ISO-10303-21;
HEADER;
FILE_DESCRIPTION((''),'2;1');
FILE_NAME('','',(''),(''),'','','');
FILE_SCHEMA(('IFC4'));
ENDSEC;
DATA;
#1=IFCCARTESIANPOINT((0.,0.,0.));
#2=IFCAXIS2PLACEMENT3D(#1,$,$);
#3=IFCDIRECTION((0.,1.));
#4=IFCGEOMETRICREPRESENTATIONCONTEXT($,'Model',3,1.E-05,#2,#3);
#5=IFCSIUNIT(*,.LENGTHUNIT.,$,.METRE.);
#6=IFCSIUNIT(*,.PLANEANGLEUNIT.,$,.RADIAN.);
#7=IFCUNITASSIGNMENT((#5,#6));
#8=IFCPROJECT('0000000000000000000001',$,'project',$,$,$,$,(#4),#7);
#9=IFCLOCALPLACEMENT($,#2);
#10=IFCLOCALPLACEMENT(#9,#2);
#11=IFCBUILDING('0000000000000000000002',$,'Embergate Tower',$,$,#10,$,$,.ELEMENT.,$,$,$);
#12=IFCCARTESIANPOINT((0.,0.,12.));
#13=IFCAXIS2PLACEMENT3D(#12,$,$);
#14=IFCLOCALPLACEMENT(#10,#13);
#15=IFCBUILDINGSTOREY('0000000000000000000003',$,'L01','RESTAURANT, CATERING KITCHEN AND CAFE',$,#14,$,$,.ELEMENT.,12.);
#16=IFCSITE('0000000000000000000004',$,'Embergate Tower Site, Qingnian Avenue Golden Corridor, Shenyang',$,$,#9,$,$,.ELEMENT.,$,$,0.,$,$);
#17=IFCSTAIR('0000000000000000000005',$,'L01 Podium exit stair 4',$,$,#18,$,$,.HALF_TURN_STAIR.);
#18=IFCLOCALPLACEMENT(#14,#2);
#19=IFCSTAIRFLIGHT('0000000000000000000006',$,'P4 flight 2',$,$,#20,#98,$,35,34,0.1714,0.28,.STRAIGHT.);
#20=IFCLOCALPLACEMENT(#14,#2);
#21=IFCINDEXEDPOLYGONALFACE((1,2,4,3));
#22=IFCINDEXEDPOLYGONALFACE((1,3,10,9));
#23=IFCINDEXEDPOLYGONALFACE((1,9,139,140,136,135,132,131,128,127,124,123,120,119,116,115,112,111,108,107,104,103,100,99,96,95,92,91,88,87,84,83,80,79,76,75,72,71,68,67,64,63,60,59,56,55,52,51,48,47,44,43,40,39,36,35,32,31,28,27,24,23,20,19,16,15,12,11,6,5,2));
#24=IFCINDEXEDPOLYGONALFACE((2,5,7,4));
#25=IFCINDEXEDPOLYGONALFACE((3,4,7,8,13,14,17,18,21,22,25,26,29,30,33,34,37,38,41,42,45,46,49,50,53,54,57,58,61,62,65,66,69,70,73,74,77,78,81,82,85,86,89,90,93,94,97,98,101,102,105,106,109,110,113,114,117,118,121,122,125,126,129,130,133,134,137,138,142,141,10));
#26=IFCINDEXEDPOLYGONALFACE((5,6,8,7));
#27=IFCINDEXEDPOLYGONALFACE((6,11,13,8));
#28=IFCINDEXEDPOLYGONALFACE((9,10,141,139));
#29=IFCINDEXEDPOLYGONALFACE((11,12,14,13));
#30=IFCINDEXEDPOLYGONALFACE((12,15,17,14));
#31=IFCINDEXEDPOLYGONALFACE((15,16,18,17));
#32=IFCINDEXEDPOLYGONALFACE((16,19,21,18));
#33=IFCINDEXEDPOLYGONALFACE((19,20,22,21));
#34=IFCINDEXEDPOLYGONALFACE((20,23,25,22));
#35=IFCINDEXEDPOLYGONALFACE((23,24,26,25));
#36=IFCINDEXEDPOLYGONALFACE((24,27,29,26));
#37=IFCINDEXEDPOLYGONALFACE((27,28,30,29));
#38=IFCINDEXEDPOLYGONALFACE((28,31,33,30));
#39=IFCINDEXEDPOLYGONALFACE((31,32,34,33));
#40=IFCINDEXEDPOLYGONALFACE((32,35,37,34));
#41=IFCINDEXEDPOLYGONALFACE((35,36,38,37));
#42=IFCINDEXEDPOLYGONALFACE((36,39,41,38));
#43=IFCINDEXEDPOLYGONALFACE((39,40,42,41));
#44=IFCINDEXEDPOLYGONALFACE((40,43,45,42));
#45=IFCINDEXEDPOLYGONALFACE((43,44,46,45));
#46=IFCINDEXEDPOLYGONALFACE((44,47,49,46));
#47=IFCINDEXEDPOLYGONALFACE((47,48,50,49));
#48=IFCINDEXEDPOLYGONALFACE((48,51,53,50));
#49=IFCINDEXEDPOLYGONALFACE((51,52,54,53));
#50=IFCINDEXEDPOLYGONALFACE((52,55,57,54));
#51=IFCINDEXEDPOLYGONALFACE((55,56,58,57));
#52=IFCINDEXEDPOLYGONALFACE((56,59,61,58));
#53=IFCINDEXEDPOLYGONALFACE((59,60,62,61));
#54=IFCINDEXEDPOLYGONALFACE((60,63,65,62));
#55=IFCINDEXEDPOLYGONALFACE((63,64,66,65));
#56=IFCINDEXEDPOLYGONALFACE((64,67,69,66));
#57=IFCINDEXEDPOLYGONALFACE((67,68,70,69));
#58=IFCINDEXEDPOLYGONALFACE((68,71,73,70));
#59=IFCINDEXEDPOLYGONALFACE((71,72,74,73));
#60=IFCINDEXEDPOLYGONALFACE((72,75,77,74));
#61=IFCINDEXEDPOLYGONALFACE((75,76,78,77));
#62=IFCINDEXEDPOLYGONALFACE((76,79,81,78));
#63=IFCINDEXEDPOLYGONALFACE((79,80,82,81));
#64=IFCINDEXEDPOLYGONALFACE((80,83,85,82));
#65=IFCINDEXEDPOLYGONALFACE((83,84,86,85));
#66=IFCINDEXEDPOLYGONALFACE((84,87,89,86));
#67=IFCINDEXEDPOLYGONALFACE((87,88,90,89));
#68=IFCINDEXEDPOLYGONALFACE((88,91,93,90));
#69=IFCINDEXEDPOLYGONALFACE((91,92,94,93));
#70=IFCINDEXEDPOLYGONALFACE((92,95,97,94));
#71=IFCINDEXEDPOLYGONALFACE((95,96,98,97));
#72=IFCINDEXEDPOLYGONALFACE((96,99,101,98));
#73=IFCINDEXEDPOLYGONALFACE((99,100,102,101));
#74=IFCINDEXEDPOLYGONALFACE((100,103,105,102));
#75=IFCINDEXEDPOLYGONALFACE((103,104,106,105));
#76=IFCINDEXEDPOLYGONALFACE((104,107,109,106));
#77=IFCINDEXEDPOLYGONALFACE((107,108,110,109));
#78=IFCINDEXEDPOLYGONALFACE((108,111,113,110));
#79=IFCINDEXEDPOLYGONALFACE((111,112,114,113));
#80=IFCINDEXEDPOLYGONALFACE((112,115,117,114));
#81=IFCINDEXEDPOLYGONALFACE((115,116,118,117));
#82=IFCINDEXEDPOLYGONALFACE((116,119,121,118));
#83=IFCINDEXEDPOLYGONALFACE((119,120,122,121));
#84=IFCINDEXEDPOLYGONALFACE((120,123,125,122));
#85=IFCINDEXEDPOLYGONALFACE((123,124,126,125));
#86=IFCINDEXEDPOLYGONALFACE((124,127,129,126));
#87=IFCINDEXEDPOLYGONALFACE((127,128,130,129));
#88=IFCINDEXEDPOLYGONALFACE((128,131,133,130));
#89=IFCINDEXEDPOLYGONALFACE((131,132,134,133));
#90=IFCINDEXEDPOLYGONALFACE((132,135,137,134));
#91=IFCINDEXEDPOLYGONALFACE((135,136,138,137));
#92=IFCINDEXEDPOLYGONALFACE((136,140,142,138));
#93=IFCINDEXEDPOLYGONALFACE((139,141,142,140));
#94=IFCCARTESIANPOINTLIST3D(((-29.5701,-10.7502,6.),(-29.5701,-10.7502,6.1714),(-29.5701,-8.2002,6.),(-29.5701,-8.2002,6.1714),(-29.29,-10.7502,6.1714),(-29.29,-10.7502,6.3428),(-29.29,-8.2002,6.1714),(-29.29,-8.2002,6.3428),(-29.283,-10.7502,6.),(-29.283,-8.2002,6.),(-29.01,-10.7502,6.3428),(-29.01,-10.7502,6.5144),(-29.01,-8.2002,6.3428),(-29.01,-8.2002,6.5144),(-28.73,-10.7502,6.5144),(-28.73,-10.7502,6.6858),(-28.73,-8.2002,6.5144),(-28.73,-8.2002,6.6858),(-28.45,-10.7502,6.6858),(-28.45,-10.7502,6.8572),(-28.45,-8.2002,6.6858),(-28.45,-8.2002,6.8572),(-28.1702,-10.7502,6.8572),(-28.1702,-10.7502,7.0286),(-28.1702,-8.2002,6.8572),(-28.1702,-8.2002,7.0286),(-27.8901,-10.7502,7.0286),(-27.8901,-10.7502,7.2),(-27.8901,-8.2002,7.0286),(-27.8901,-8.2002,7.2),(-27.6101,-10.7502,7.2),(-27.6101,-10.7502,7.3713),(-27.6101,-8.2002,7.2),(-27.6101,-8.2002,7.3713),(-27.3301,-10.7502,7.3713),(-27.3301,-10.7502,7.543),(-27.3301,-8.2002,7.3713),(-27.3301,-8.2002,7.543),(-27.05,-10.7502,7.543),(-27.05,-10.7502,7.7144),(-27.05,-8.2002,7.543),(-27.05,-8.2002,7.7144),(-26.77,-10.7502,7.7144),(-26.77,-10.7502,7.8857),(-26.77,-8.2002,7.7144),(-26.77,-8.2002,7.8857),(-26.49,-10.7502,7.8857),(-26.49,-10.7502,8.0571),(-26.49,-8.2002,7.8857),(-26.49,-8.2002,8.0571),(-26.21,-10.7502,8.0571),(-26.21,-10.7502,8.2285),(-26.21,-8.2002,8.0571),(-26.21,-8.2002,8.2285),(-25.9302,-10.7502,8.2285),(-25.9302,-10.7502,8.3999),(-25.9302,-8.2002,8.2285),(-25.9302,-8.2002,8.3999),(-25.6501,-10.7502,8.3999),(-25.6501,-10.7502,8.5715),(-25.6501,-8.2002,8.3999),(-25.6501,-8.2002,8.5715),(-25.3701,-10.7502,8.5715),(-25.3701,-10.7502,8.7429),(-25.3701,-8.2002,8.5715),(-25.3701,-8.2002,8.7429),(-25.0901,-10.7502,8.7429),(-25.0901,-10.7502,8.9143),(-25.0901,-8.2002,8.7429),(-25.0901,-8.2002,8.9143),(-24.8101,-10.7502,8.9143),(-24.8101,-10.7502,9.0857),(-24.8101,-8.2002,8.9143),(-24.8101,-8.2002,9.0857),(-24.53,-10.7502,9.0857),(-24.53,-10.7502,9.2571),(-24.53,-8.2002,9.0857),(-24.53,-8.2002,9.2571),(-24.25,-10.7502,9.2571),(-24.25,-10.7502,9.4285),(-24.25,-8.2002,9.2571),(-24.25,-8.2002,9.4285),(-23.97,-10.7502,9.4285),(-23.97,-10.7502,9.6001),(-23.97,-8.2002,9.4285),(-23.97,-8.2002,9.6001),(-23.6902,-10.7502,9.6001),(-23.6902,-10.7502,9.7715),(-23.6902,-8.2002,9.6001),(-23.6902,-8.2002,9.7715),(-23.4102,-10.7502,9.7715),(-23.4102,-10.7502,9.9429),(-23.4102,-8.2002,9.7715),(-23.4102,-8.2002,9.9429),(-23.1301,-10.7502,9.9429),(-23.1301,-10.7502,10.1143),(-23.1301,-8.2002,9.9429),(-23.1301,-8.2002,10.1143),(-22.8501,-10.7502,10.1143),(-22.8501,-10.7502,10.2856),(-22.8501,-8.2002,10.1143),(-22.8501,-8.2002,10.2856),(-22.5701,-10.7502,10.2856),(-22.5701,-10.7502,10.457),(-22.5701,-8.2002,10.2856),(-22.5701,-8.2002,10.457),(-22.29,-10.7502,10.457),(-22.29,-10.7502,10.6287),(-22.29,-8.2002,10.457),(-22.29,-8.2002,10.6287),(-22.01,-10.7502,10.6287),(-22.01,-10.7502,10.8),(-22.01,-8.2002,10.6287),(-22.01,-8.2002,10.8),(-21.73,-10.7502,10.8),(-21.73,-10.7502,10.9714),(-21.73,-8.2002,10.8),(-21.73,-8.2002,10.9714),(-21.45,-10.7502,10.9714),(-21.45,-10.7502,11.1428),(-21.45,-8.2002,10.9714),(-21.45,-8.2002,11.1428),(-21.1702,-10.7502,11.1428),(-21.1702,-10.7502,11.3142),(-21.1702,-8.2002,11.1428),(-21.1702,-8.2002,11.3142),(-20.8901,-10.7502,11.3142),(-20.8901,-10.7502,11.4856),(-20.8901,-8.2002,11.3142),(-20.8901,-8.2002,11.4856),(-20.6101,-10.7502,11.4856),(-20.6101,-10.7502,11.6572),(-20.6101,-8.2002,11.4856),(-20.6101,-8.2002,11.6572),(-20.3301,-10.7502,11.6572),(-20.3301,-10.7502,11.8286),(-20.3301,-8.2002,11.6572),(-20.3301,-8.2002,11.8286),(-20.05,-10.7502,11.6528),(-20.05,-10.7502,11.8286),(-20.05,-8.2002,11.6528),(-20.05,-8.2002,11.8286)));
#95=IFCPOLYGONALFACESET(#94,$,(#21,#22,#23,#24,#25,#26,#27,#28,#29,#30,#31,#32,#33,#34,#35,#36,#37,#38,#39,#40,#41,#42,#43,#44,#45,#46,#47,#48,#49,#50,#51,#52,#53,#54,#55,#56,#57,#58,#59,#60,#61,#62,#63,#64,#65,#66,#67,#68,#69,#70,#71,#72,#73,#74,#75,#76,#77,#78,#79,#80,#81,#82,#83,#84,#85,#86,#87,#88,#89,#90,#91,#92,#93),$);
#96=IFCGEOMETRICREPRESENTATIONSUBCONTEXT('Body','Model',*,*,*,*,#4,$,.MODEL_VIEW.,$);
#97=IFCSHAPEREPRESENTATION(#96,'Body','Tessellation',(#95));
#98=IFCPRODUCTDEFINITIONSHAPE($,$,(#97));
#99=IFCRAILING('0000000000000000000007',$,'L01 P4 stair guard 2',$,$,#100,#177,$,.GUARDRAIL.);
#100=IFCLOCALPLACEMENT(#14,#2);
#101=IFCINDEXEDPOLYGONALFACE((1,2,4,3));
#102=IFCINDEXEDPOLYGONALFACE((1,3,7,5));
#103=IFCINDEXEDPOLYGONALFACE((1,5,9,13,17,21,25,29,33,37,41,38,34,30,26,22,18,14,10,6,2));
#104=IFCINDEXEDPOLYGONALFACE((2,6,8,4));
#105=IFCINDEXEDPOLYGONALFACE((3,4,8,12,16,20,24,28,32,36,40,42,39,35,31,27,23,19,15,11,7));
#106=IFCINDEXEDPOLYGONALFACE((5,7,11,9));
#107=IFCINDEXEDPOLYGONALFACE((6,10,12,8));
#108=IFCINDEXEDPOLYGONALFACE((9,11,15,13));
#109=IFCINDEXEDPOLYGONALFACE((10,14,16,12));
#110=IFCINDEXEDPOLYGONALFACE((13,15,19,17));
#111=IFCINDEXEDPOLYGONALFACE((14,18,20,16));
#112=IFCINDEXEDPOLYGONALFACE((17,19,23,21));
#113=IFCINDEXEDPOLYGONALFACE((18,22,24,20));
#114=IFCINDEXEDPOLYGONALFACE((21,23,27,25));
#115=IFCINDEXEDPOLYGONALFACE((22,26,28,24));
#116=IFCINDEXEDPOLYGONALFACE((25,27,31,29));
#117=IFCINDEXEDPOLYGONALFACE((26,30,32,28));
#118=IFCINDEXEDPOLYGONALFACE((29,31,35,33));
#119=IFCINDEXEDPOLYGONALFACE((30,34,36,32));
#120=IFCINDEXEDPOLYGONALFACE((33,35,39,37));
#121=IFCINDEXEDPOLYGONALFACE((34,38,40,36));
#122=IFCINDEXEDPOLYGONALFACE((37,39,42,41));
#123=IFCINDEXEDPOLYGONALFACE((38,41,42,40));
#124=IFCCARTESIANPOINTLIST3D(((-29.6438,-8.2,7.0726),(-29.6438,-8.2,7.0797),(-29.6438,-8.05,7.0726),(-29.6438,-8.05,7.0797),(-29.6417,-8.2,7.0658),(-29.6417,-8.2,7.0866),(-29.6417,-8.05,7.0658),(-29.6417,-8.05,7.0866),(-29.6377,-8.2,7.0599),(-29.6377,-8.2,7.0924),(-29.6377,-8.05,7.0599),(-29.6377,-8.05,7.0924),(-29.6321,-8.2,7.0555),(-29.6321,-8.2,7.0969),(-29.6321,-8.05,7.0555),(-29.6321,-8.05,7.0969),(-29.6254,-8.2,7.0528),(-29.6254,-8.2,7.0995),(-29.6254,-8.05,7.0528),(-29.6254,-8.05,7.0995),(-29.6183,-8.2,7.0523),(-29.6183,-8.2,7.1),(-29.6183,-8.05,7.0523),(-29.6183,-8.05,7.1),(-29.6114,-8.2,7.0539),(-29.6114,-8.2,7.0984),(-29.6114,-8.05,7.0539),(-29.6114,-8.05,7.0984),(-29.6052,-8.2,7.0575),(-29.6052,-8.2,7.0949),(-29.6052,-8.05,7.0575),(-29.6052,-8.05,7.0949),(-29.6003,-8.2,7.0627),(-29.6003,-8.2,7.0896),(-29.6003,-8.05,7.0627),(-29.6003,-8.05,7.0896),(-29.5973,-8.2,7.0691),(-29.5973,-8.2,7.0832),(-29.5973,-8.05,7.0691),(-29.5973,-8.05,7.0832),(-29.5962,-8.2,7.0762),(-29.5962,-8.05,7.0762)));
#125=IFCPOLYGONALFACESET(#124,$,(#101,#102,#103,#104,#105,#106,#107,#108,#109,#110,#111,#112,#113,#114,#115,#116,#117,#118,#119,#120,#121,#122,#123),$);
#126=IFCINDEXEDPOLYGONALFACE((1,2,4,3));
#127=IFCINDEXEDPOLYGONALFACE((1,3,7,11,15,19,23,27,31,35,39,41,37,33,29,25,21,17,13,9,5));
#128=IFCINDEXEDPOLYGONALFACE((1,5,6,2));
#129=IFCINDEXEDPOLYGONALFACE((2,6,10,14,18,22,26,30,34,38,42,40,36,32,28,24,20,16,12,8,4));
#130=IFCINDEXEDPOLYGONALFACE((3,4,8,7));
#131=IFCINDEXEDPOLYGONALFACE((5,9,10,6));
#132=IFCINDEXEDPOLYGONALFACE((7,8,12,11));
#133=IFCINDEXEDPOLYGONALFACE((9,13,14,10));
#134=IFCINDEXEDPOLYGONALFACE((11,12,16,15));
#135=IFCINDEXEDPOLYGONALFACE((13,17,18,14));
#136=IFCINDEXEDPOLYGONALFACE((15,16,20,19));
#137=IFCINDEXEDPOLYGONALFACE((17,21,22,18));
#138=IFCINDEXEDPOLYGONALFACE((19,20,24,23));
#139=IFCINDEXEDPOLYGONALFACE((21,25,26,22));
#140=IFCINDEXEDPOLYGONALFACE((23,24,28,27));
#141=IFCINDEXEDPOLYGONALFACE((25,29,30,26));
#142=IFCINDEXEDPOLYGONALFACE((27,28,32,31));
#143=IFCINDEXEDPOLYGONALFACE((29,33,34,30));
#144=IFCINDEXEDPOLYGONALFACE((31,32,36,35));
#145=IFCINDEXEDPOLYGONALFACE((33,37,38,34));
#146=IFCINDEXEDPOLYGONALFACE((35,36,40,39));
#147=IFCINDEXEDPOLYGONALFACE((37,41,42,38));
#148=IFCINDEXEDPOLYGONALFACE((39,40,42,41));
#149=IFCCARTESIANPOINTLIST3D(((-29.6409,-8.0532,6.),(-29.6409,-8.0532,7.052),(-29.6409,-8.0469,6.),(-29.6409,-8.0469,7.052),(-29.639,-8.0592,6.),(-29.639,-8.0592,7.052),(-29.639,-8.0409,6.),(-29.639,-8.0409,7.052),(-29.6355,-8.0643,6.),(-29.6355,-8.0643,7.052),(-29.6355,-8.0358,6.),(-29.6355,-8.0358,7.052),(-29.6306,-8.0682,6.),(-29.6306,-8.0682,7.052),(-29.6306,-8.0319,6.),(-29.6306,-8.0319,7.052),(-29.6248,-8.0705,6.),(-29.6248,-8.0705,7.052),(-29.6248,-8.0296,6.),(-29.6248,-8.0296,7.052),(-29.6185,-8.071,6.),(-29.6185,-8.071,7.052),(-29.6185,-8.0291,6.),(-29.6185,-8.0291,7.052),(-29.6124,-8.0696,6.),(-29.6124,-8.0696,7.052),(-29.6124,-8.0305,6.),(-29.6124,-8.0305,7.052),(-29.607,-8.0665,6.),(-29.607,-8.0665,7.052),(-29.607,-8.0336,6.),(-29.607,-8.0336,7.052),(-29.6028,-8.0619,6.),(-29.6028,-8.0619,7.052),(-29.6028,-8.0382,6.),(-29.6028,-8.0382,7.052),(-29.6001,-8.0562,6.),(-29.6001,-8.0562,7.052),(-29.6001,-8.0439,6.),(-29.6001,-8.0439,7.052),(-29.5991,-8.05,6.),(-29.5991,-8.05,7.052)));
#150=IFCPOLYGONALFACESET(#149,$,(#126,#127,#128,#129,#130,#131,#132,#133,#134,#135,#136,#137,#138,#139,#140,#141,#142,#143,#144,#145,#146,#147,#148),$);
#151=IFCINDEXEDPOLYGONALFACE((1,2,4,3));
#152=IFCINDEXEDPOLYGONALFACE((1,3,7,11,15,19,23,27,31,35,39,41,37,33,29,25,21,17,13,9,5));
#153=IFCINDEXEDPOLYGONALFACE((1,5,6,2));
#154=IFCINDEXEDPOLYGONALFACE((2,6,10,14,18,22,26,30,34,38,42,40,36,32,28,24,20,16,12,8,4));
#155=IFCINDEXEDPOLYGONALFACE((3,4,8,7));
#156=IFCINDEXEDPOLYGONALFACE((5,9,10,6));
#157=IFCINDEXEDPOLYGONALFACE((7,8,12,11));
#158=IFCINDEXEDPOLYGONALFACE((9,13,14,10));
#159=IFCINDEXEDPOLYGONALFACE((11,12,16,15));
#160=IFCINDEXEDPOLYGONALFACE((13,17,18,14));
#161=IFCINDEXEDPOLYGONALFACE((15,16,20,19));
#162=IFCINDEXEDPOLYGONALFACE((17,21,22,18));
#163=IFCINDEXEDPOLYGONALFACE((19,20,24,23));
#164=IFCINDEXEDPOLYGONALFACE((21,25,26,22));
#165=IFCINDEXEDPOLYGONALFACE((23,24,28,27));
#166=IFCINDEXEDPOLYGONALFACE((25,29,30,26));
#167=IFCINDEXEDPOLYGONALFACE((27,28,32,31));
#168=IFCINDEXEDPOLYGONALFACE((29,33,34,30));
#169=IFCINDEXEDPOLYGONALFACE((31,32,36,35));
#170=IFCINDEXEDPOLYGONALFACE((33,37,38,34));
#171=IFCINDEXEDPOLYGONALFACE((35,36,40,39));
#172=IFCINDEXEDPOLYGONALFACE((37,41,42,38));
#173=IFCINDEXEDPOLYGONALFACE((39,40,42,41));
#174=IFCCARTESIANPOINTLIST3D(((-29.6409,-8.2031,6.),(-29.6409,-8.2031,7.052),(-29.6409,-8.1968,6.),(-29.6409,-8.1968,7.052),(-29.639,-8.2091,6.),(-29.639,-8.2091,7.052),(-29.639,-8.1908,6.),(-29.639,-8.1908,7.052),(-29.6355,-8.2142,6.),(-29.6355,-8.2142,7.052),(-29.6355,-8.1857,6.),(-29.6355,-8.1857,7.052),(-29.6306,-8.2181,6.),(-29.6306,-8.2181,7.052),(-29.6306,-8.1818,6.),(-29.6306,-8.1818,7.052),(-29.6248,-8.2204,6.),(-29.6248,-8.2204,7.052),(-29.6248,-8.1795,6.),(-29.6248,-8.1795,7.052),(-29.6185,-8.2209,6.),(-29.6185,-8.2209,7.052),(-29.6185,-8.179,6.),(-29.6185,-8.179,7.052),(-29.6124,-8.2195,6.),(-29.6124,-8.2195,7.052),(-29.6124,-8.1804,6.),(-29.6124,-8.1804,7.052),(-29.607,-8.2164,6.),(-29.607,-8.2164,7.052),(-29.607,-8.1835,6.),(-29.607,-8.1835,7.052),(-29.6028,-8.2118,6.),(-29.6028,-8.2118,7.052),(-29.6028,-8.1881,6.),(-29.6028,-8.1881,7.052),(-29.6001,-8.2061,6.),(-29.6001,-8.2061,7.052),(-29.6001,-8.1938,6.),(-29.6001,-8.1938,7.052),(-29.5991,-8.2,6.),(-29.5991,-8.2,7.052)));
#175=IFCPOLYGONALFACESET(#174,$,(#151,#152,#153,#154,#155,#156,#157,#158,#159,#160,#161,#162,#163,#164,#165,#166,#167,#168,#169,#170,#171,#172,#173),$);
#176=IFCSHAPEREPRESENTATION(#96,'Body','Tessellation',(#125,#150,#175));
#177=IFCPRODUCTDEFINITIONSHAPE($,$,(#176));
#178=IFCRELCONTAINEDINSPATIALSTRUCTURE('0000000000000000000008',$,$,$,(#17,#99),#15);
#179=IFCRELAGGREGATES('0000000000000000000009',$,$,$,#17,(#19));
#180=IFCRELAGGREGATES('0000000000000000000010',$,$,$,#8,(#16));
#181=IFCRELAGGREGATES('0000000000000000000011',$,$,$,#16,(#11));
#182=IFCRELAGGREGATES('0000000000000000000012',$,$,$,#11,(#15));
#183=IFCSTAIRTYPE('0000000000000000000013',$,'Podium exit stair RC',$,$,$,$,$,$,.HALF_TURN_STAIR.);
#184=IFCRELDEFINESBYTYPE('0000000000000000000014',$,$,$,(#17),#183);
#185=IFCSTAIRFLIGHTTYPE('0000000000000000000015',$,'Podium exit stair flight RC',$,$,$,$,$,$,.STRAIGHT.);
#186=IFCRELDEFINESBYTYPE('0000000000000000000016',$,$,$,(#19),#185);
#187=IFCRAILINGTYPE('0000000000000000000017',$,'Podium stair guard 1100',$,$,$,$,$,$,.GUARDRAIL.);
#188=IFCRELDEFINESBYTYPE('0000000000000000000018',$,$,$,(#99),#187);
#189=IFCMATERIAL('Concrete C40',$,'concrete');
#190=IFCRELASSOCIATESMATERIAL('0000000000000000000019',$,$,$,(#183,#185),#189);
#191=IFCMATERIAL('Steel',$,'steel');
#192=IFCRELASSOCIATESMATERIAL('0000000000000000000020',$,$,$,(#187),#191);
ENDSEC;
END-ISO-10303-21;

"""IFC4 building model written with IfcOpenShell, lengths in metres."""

from ifc_helpers import new_model, si_unit, direction, frame, origin, origin_2d, place, context, subcontext, project, spatial, polyline, circle, outline, extrude, source, transform, mapped, material, type_object, element, aggregate, save


model = new_model("IFC4")

# Units and contexts
model_context = context("Model", 3, precision=1e-05, world=origin(), true_north=direction((0.0, 1.0)))
body_context = subcontext(model_context, "Body", "Model", "MODEL_VIEW")
ifc_project = project(units=[si_unit("LENGTHUNIT", "METRE"), si_unit("PLANEANGLEUNIT", "RADIAN")], contexts=[model_context])

# Site, building, storey
site_placement = place(None, origin())
site = spatial("IfcSite", under=ifc_project, at=site_placement, Name="Embergate Tower Site, Qingnian Avenue Golden Corridor, Shenyang", CompositionType="ELEMENT", RefElevation=0.0)
building_placement = place(site_placement, origin())
building = spatial("IfcBuilding", under=site, at=building_placement, Name="Embergate Tower", CompositionType="ELEMENT")
storey_placement = place(building_placement, frame((0.0, 0.0, 12.0)))
storey = spatial("IfcBuildingStorey", under=building, at=storey_placement, Name="L01", Description="RESTAURANT, CATERING KITCHEN AND CAFE", CompositionType="ELEMENT", Elevation=12.0)

# Stair
ifc_material_1 = material(Name="Concrete C40", Category="concrete")
stair_type = type_object("IfcStairType", Name="Podium exit stair RC", PredefinedType="HALF_TURN_STAIR", material=ifc_material_1)
stair_placement = place(storey_placement, origin())
stair = element("IfcStair", 1, at=stair_placement, inside=storey, type_object=stair_type, Name="L01 Podium exit stair 4", PredefinedType="HALF_TURN_STAIR")

# Stair flight
stair_flight_type = type_object("IfcStairFlightType", Name="Podium exit stair flight RC", PredefinedType="STRAIGHT", material=ifc_material_1)
shared_shape_1 = source(origin(), body_context, "Body", "SweptSolid", [
    extrude(outline(polyline([(0.0, 0.0), (0.0, 0.1714), (0.28, 0.1714), (0.28, 0.3428), (0.5601, 0.3428), (0.5601, 0.5144), (0.8401, 0.5144), (0.8401, 0.6858), (1.1201, 0.6858), (1.1201, 0.8572), (1.3999, 0.8572), (1.3999, 1.0286), (1.6799, 1.0286), (1.6799, 1.2), (1.96, 1.2), (1.96, 1.3713), (2.24, 1.3713), (2.24, 1.543), (2.52, 1.543), (2.52, 1.7144), (2.8, 1.7144), (2.8, 1.8857), (3.0801, 1.8857), (3.0801, 2.0571), (3.3601, 2.0571), (3.3601, 2.2285), (3.6399, 2.2285), (3.6399, 2.3999), (3.9199, 2.3999), (3.9199, 2.5715), (4.2, 2.5715), (4.2, 2.7429), (4.48, 2.7429), (4.48, 2.9143), (4.76, 2.9143), (4.76, 3.0857), (5.04, 3.0857), (5.04, 3.2571), (5.3201, 3.2571), (5.3201, 3.4285), (5.6001, 3.4285), (5.6001, 3.6001), (5.8799, 3.6001), (5.8799, 3.7715), (6.1599, 3.7715), (6.1599, 3.9429), (6.4399, 3.9429), (6.4399, 4.1143), (6.72, 4.1143), (6.72, 4.2856), (7.0, 4.2856), (7.0, 4.457), (7.28, 4.457), (7.28, 4.6287), (7.5601, 4.6287), (7.5601, 4.8), (7.8401, 4.8), (7.8401, 4.9714), (8.1201, 4.9714), (8.1201, 5.1428), (8.3999, 5.1428), (8.3999, 5.3142), (8.6799, 5.3142), (8.6799, 5.4856), (8.96, 5.4856), (8.96, 5.6572), (9.24, 5.6572), (9.24, 5.8286), (9.52, 5.8286), (9.52, 6.0), (9.52, 5.6528), (0.2871, 0.0), (0.0, 0.0)])), frame((0.0, 1.2749, 0.0), z_axis=(0.0, -1.0, 0.0), x_axis=(1.0, 0.0, 0.0)), (0.0, 0.0, 1.0), 2.55),
])
stair_flight_placement = place(storey_placement, frame((-29.5701, -9.4751, 6.0), z_axis=(0.0, 0.0, 1.0), x_axis=(1.0, 0.0, 0.0)))
stair_flight = element("IfcStairFlight", 2, at=stair_flight_placement, type_object=stair_flight_type, Name="P4 flight 2", NumberOfRisers=35, NumberOfTreads=34, PredefinedType="STRAIGHT", RiserHeight=0.1714, TreadLength=0.28, context=body_context, shape_type="MappedRepresentation", body=[
    mapped(shared_shape_1, transform((0.0, 0.0, 0.0))),
])
aggregate(stair, [stair_flight])

# Railing
ifc_material_2 = material(Name="Steel", Category="steel")
railing_type_1 = type_object("IfcRailingType", Name="Podium stair guard 1100", PredefinedType="GUARDRAIL", material=ifc_material_2)
shared_shape_2 = source(origin(), body_context, "Body", "SweptSolid", [
    extrude(circle(Radius=0.0239, at=origin_2d()), frame((0.0, 0.0, 1.0762), z_axis=(0.0, -1.0, 0.0), x_axis=(1.0, 0.0, 0.0)), (0.0, 0.0, 1.0), 0.1499),
    extrude(circle(Radius=0.021, at=origin_2d()), origin(), (0.0, 0.0, 1.0), 1.052),
    extrude(circle(Radius=0.021, at=origin_2d()), frame((0.0, -0.1499, 0.0)), (0.0, 0.0, 1.0), 1.052),
])
railing_1_placement = place(storey_placement, frame((-29.6201, -8.05, 6.0)))
element("IfcRailing", 3, at=railing_1_placement, inside=storey, type_object=railing_type_1, Name="L01 P4 stair guard 2", PredefinedType="GUARDRAIL", context=body_context, shape_type="MappedRepresentation", body=[
    mapped(shared_shape_2, transform((0.0, 0.0, 0.0))),
])

save(model, "model.ifc")
